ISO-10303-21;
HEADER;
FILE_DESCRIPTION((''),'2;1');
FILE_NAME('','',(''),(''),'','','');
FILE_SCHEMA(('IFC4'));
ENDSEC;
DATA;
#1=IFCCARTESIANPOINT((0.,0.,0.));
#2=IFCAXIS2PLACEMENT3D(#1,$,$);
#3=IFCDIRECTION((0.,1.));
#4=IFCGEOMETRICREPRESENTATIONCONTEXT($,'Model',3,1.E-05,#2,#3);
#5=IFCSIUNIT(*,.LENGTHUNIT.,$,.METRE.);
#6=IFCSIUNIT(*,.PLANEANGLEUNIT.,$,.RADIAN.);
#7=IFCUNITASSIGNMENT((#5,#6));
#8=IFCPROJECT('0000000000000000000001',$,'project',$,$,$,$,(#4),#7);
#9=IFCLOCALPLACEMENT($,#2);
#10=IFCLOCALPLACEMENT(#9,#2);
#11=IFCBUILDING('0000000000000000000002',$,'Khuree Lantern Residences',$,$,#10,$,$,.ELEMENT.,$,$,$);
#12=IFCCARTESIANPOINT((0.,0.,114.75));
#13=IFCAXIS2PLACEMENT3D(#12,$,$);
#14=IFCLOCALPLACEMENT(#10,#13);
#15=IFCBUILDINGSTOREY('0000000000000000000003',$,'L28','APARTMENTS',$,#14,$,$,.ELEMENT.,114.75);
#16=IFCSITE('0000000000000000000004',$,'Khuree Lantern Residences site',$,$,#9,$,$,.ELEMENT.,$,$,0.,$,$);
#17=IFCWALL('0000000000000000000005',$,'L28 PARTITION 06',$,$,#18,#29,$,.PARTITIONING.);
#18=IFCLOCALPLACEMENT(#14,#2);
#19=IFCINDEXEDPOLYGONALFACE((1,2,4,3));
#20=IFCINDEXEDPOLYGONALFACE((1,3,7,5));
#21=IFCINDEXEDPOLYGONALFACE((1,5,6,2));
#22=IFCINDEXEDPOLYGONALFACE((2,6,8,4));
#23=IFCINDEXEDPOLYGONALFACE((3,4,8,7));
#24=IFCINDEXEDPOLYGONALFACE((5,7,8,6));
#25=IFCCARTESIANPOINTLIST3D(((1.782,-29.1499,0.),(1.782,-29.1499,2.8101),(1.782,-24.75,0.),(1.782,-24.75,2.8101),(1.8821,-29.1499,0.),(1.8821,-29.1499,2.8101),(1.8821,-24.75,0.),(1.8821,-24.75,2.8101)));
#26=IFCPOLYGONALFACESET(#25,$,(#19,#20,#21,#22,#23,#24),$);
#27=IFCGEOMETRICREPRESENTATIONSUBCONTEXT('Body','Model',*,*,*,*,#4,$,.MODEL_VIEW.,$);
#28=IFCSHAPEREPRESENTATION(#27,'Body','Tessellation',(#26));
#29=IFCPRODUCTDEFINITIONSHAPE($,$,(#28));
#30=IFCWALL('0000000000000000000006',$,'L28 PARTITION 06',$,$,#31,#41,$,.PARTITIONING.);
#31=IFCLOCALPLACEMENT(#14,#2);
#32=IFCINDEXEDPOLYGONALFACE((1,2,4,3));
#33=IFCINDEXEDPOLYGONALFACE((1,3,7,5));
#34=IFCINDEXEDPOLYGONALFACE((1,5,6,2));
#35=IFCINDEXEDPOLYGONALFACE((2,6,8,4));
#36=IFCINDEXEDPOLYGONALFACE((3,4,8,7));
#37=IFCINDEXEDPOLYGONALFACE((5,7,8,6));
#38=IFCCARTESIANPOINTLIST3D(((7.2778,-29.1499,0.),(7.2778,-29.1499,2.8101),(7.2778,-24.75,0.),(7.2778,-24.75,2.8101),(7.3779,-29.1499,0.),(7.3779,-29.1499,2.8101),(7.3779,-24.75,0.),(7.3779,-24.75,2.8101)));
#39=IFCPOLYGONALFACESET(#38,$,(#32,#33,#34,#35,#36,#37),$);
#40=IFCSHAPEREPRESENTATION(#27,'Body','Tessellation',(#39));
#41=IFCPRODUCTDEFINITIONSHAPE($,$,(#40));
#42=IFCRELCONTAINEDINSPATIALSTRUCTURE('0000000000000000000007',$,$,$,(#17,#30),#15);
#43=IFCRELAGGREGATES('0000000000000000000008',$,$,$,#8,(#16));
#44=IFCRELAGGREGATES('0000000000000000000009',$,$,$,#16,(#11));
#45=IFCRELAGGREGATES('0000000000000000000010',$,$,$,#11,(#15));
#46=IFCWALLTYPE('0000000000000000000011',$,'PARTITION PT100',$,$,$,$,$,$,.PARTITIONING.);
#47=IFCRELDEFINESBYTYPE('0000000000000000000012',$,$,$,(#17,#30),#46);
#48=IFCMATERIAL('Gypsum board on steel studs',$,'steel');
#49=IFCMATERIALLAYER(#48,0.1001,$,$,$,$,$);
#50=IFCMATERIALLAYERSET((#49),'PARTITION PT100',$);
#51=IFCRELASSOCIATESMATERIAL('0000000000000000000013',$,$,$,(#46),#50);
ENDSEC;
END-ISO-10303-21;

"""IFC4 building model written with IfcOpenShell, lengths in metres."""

from ifc_helpers import new_model, si_unit, direction, frame, frame_2d, origin, place, context, subcontext, project, spatial, rectangle, extrude, material, layer, layer_set, type_object, element, save


model = new_model("IFC4")

# Units and contexts
model_context = context("Model", 3, precision=1e-05, world=origin(), true_north=direction((0.0, 1.0)))
body_context = subcontext(model_context, "Body", "Model", "MODEL_VIEW")
ifc_project = project(units=[si_unit("LENGTHUNIT", "METRE"), si_unit("PLANEANGLEUNIT", "RADIAN")], contexts=[model_context])

# Site, building, storey
site_placement = place(None, origin())
site = spatial("IfcSite", under=ifc_project, at=site_placement, Name="Khuree Lantern Residences site", CompositionType="ELEMENT", RefElevation=0.0)
building_placement = place(site_placement, origin())
building = spatial("IfcBuilding", under=site, at=building_placement, Name="Khuree Lantern Residences", CompositionType="ELEMENT")
storey_placement = place(building_placement, frame((0.0, 0.0, 114.75)))
storey = spatial("IfcBuildingStorey", under=building, at=storey_placement, Name="L28", Description="APARTMENTS", CompositionType="ELEMENT", Elevation=114.75)

# Shared definitions
ifc_material_1 = material(Name="Gypsum board on steel studs", Category="steel")

# Walls
ifc_layer_1 = layer(ifc_material_1, 0.1001)
ifc_layer_set_1 = layer_set([ifc_layer_1], Name="PARTITION PT100")
wall_type_1 = type_object("IfcWallType", Name="PARTITION PT100", PredefinedType="PARTITIONING", material=ifc_layer_set_1)
for number, where, z_axis, x_axis, name in (
    (1, (1.832, -24.75, 0.0), (0.0, 0.0, 1.0), (0.0, -1.0, 0.0), "L28 PARTITION 06"),
    (2, (7.3279, -24.75, 0.0), (0.0, 0.0, 1.0), (0.0, -1.0, 0.0), "L28 PARTITION 06"),
):
    element("IfcWall", number, at=place(storey_placement, frame(where, z_axis=z_axis, x_axis=x_axis)), inside=storey, type_object=wall_type_1, Name=name, PredefinedType="PARTITIONING", context=body_context, shape_type="SweptSolid", body=[
        extrude(rectangle(XDim=4.3999, YDim=0.1001, at=frame_2d((2.2, 0.0))), origin(), (0.0, 0.0, 1.0), 2.8101),
    ])

save(model, "model.ifc")
